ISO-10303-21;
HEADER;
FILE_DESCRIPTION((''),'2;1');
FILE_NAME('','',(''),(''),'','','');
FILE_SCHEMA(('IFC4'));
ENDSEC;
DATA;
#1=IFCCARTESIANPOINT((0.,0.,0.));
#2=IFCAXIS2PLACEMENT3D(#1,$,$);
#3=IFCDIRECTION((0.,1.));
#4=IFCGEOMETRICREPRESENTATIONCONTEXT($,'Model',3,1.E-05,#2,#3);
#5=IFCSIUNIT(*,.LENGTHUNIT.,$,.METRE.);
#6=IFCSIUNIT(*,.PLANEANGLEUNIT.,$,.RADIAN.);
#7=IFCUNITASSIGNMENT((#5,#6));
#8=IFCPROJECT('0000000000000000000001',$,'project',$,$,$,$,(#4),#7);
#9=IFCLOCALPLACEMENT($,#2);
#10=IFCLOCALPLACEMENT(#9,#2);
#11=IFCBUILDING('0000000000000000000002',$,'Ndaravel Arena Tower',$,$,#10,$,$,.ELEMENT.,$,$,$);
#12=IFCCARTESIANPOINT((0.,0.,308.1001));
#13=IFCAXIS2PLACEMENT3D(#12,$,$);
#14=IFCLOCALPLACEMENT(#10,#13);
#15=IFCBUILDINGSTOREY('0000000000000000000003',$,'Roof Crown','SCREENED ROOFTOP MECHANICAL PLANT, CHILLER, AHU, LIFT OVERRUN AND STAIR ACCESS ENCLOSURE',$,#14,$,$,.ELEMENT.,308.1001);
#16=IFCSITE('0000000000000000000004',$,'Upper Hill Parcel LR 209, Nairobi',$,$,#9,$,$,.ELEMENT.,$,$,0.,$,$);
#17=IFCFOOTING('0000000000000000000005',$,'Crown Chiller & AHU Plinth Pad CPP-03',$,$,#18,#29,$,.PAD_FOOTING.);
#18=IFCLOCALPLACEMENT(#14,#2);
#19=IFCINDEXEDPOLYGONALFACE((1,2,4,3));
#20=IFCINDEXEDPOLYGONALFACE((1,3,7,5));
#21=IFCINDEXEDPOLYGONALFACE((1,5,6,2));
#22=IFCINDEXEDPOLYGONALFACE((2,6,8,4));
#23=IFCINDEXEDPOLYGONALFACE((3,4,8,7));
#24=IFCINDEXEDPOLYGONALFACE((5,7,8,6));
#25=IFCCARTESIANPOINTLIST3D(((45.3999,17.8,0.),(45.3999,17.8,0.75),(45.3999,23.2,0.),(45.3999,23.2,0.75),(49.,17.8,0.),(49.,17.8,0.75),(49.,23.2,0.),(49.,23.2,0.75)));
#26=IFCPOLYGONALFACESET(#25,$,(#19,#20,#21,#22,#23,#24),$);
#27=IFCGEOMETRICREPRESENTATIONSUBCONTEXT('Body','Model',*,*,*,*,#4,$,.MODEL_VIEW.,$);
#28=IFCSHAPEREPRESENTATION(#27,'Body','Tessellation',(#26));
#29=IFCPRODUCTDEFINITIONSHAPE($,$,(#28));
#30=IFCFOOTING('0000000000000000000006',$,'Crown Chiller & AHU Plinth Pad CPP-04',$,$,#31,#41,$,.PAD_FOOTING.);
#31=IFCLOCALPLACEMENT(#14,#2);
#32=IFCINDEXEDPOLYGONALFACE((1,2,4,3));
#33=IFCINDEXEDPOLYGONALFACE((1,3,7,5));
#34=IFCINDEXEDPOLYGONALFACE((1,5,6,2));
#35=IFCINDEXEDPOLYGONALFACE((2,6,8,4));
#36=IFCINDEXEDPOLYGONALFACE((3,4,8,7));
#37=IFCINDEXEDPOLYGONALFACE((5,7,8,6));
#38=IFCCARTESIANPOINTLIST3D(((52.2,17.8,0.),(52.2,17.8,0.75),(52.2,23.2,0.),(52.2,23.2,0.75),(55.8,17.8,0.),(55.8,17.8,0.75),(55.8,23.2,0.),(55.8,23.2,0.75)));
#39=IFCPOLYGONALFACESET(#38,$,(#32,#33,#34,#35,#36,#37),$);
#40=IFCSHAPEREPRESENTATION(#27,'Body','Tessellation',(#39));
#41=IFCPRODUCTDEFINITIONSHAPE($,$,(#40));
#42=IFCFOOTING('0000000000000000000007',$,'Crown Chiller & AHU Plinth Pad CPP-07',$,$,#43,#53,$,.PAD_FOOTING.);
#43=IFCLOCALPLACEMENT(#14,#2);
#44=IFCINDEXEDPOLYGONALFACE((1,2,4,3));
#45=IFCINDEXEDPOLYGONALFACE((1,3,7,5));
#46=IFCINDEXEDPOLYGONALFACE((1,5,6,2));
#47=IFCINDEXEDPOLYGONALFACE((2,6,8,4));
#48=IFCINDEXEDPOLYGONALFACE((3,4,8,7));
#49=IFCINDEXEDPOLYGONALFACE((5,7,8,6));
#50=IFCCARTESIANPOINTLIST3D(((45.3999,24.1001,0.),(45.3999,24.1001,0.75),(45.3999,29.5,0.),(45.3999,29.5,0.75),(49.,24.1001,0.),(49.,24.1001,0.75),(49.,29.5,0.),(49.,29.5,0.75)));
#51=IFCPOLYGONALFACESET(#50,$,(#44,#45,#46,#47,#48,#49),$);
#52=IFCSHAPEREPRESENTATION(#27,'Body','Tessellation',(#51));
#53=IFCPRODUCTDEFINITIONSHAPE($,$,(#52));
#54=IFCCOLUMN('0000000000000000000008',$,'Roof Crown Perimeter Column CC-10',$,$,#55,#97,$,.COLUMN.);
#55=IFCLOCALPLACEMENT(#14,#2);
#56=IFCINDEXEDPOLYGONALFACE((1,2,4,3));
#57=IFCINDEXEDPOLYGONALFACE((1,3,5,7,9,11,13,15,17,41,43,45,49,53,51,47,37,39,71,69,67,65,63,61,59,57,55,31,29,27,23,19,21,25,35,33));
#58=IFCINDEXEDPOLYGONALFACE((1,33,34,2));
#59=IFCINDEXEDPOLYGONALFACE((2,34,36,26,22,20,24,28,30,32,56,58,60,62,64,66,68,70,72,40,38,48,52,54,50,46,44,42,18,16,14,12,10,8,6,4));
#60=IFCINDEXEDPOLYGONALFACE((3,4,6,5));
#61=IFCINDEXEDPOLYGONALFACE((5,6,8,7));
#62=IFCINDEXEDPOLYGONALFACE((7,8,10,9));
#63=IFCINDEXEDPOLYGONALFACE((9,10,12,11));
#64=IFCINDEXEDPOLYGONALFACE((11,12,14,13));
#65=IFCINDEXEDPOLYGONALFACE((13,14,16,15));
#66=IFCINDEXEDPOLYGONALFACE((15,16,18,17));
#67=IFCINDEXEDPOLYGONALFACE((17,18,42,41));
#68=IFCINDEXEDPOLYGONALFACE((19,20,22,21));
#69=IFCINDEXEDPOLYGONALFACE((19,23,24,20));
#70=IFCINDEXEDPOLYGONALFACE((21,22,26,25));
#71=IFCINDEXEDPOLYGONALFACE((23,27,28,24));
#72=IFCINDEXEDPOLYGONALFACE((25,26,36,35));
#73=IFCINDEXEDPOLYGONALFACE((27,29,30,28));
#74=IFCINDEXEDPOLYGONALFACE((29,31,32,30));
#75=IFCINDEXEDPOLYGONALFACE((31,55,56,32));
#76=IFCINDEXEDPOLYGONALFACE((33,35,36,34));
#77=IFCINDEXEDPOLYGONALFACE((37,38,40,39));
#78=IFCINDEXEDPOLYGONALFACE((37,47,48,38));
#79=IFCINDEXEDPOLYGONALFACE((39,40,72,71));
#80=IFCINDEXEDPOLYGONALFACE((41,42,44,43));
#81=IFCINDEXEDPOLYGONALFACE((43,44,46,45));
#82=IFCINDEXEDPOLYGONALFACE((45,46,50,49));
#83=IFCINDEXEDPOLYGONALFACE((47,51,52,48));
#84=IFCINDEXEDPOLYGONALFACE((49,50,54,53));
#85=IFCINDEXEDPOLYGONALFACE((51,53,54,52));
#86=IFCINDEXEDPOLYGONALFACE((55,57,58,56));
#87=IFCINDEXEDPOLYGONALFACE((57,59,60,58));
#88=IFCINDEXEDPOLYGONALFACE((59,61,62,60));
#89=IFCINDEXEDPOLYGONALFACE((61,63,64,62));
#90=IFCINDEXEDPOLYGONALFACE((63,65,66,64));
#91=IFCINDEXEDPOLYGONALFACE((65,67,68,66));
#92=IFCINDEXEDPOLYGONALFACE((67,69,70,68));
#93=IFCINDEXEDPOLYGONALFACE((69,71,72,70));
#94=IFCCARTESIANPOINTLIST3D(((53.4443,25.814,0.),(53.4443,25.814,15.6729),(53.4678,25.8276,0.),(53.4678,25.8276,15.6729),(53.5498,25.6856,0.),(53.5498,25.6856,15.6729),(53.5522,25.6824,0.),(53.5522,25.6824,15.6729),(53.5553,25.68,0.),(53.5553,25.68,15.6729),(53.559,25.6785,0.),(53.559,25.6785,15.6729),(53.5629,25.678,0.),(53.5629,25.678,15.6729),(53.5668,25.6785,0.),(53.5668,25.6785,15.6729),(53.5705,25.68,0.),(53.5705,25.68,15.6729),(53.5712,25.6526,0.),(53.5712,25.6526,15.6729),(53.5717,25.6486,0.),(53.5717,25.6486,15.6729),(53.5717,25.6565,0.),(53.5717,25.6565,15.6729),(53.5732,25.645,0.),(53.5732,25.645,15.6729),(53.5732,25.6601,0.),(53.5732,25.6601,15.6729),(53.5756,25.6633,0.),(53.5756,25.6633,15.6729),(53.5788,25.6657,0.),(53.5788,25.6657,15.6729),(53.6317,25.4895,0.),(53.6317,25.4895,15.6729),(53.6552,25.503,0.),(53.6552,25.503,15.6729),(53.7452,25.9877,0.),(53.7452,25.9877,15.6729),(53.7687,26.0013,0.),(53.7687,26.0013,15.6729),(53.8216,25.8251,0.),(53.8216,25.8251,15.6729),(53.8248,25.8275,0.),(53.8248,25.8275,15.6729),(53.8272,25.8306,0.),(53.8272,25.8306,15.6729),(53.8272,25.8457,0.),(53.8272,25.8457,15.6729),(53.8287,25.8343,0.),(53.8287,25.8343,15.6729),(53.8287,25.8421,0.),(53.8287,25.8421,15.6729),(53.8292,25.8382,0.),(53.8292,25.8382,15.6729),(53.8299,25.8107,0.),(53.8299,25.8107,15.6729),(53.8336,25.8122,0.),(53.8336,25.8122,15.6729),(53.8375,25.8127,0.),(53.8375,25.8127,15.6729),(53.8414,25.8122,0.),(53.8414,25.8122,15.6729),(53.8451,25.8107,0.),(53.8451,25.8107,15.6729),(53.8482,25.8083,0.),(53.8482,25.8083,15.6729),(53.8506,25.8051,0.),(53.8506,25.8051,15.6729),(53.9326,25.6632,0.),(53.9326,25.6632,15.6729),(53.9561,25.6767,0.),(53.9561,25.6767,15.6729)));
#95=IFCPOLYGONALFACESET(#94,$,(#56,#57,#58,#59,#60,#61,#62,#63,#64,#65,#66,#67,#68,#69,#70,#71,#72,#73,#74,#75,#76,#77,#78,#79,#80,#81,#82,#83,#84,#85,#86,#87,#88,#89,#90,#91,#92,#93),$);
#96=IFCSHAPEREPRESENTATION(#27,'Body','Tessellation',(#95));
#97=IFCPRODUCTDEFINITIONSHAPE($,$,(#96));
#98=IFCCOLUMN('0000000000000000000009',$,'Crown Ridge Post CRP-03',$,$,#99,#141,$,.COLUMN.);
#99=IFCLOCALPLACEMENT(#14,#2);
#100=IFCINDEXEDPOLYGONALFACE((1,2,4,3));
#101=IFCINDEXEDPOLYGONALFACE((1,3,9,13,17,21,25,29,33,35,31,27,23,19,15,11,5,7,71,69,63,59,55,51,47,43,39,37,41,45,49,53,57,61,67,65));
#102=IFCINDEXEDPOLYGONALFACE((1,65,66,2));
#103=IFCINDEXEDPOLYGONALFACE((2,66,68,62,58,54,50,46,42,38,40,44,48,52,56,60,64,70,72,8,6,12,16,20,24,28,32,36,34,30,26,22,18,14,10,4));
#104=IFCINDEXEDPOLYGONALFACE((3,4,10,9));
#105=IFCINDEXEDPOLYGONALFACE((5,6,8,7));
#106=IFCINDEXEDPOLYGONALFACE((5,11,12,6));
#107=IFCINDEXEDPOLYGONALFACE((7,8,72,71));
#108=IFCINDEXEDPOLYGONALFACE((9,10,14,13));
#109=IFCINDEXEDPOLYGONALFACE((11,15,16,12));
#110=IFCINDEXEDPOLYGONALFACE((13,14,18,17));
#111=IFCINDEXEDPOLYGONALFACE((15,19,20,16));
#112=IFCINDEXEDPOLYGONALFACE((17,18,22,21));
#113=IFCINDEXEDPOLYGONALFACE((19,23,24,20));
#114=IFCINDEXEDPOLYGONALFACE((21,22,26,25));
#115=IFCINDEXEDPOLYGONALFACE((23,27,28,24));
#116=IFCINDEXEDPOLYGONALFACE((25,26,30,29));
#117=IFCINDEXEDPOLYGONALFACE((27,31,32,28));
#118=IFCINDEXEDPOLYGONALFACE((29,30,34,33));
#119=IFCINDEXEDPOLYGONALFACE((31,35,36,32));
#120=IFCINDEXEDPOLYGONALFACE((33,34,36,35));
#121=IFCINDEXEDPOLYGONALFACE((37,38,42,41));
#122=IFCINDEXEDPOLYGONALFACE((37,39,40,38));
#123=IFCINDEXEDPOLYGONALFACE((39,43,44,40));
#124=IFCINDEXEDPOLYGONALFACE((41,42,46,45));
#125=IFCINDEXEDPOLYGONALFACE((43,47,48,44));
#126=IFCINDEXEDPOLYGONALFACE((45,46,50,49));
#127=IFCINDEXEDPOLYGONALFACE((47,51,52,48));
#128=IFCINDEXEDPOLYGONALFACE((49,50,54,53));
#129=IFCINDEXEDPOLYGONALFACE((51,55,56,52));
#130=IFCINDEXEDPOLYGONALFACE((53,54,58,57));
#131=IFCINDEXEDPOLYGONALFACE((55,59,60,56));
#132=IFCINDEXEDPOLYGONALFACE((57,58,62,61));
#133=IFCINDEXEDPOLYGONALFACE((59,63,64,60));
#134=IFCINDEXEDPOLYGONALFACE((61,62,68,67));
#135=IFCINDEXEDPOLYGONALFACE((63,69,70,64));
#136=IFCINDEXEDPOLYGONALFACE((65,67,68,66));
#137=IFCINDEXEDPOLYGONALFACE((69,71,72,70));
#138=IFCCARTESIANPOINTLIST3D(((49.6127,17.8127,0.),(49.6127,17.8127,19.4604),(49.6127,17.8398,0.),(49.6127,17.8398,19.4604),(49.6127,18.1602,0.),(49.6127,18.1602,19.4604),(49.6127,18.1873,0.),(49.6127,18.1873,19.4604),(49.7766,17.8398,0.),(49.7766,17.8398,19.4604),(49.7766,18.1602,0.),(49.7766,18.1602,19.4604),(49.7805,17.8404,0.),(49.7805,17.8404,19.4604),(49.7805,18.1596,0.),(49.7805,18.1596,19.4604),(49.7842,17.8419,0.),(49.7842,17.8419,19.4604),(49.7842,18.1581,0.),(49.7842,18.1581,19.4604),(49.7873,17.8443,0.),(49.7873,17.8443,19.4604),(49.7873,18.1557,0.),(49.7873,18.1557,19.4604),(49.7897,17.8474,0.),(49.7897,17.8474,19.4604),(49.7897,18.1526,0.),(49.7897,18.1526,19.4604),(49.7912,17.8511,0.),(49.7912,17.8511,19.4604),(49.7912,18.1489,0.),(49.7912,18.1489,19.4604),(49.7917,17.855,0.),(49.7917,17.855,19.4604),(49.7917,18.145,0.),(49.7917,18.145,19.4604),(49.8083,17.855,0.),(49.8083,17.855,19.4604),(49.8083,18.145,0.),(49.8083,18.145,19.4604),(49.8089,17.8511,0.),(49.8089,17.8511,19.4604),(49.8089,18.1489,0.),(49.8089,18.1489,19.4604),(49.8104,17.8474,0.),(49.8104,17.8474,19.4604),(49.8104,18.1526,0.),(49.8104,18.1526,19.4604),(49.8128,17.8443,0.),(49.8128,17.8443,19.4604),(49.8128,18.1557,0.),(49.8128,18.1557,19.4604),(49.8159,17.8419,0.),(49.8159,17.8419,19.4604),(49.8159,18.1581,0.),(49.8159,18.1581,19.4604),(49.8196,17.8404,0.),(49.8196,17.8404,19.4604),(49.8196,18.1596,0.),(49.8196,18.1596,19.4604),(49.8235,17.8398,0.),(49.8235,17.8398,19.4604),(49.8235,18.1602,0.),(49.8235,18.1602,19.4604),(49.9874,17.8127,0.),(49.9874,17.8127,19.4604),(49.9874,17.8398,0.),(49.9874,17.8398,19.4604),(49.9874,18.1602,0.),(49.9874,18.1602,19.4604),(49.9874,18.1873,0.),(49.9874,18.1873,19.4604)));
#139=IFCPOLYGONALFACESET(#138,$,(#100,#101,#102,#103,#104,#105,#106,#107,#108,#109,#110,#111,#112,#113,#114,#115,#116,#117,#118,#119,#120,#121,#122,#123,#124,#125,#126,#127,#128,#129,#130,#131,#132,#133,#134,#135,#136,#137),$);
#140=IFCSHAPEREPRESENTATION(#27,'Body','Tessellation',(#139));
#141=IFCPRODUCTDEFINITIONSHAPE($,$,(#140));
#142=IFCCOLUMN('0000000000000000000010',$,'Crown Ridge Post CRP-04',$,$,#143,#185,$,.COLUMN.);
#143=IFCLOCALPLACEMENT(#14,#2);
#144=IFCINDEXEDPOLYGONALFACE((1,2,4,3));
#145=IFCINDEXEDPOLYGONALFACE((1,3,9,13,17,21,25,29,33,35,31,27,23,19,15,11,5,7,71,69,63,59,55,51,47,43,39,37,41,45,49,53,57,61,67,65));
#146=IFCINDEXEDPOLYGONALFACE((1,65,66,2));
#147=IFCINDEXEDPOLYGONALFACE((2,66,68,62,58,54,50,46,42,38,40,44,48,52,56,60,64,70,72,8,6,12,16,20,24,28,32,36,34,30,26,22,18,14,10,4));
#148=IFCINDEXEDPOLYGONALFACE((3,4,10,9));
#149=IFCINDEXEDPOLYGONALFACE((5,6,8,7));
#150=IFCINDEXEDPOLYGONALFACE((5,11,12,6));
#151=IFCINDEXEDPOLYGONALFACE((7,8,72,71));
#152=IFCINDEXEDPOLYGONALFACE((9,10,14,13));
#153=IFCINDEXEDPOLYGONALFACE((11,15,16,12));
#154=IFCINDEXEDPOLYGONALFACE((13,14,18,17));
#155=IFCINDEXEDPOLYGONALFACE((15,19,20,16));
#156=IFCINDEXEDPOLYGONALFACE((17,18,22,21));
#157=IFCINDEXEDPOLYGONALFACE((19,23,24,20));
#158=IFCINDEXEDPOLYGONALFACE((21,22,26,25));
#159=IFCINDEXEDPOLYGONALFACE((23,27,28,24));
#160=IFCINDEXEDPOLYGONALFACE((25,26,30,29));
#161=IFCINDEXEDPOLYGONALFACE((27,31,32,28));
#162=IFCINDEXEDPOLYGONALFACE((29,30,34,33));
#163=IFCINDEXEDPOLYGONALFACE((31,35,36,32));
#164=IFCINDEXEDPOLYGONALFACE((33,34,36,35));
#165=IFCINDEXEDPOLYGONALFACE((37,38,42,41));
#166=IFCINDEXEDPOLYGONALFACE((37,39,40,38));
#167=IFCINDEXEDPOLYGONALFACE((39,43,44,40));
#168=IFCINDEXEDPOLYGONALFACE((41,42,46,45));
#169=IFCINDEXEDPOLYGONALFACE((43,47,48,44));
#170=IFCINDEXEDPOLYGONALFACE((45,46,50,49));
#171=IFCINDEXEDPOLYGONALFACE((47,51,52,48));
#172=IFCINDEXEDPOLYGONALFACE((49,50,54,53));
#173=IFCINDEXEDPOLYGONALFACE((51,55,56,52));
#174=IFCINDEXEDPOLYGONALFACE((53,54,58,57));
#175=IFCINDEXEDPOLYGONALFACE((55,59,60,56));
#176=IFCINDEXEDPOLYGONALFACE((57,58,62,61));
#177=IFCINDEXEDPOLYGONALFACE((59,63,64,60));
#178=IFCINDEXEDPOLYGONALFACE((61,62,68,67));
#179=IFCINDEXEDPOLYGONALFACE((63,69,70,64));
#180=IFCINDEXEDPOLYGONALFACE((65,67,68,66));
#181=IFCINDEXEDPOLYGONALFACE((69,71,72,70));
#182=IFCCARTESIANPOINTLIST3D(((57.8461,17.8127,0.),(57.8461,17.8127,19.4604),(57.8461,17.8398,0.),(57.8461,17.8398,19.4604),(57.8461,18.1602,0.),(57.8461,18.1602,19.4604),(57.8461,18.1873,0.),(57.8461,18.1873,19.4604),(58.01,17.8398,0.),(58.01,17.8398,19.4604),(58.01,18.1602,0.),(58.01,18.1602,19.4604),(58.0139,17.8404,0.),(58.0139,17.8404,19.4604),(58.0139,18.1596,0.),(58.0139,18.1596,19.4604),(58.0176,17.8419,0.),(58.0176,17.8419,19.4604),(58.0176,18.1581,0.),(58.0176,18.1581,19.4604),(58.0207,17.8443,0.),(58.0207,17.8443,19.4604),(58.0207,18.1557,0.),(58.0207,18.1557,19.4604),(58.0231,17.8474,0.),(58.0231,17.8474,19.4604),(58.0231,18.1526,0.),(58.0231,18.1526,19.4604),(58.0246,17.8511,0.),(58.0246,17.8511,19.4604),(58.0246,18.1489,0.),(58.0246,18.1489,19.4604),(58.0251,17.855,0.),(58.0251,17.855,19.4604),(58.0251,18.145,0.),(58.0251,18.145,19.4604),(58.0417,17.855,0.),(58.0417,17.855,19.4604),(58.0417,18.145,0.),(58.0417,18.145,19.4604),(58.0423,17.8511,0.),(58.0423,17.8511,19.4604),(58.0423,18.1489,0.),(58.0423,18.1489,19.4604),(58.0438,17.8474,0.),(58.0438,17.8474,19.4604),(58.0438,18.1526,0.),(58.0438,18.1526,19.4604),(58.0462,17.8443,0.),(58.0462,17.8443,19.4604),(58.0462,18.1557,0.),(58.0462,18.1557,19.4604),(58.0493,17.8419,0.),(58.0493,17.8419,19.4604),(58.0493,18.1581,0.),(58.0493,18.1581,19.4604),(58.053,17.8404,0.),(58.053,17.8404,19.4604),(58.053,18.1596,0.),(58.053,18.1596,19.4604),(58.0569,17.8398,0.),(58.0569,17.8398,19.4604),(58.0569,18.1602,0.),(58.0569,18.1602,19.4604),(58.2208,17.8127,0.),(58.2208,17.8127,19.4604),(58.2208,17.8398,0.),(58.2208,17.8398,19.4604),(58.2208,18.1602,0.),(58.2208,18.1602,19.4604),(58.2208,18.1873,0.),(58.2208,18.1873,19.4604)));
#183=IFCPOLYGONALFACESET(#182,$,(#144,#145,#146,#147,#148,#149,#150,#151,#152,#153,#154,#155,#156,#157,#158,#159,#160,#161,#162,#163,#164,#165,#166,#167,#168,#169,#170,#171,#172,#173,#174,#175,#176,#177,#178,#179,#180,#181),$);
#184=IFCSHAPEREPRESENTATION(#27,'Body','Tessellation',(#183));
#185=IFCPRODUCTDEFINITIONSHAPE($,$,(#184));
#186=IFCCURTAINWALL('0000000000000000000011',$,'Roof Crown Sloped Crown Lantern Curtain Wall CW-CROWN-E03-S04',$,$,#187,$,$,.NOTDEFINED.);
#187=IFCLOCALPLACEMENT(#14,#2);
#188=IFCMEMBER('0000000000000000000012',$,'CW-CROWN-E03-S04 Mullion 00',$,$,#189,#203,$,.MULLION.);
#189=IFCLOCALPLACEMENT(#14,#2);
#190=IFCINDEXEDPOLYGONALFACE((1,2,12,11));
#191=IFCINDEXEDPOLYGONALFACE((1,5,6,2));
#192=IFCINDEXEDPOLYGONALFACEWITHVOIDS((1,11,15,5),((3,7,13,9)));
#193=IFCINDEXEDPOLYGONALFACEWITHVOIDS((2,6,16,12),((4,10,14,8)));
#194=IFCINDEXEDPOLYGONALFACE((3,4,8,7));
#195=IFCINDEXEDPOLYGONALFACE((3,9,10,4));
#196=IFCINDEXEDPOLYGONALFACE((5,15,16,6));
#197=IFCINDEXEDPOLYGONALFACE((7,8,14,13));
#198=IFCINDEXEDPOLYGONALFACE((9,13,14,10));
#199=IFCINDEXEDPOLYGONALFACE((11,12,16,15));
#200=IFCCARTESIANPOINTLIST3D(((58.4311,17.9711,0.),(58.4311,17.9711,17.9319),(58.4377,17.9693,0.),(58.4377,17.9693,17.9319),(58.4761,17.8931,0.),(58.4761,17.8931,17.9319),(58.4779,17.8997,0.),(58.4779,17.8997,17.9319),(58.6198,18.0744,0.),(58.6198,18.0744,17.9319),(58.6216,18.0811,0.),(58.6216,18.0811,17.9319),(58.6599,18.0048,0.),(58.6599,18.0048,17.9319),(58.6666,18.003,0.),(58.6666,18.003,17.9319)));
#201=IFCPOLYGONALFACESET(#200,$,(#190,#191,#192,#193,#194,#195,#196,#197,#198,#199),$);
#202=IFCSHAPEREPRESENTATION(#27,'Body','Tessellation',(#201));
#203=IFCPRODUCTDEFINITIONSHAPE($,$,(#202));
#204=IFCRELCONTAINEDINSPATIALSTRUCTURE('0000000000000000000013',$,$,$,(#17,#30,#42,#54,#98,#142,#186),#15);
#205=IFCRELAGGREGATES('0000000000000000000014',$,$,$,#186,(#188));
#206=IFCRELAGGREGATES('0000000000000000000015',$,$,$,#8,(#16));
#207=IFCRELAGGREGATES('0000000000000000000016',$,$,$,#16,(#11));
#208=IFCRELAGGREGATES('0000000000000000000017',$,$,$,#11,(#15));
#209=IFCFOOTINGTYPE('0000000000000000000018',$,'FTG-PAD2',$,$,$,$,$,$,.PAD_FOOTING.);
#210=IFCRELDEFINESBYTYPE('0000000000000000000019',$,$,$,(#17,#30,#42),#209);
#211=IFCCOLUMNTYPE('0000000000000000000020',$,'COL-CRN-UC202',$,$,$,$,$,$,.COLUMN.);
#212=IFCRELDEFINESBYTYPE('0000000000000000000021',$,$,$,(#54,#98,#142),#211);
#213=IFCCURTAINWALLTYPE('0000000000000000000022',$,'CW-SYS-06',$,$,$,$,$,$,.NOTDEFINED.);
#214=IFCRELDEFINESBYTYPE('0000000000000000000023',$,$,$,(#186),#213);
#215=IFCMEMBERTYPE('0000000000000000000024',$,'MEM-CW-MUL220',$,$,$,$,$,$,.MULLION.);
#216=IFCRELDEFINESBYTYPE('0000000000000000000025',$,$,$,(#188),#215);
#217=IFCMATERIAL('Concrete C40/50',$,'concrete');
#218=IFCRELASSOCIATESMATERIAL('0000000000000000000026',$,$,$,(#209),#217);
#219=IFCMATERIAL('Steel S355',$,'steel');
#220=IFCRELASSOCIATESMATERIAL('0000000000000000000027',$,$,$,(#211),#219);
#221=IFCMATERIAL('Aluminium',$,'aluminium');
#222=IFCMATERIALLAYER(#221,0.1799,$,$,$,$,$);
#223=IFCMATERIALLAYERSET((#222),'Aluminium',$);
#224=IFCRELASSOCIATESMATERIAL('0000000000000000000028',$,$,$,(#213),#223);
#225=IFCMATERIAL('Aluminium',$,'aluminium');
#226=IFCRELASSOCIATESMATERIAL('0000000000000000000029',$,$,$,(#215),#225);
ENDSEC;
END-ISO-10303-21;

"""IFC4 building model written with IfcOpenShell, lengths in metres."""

from ifc_helpers import new_model, si_unit, direction, frame, origin, origin_2d, place, context, subcontext, project, spatial, rectangle, hollow_rectangle, i_section, extrude, material, layer, layer_set, material_profile, profile_set, type_object, element, aggregate, save


model = new_model("IFC4")

# Units and contexts
model_context = context("Model", 3, precision=1e-05, world=origin(), true_north=direction((0.0, 1.0)))
body_context = subcontext(model_context, "Body", "Model", "MODEL_VIEW")
ifc_project = project(units=[si_unit("LENGTHUNIT", "METRE"), si_unit("PLANEANGLEUNIT", "RADIAN")], contexts=[model_context])

# Site, building, storey
site_placement = place(None, origin())
site = spatial("IfcSite", under=ifc_project, at=site_placement, Name="Upper Hill Parcel LR 209, Nairobi", CompositionType="ELEMENT", RefElevation=0.0)
building_placement = place(site_placement, origin())
building = spatial("IfcBuilding", under=site, at=building_placement, Name="Ndaravel Arena Tower", CompositionType="ELEMENT")
storey_placement = place(building_placement, frame((0.0, 0.0, 308.1001)))
storey = spatial("IfcBuildingStorey", under=building, at=storey_placement, Name="Roof Crown", Description="SCREENED ROOFTOP MECHANICAL PLANT, CHILLER, AHU, LIFT OVERRUN AND STAIR ACCESS ENCLOSURE", CompositionType="ELEMENT", Elevation=308.1001)

# Footings
ifc_material_1 = material(Name="Concrete C40/50", Category="concrete")
footing_type = type_object("IfcFootingType", Name="FTG-PAD2", PredefinedType="PAD_FOOTING", material=ifc_material_1)
for number, where, z_axis, x_axis, name in (
    (1, (47.2, 20.5, 0.0), (0.0, 0.0, 1.0), (1.0, 0.0, 0.0), "Crown Chiller & AHU Plinth Pad CPP-03"),
    (2, (54.0, 20.5, 0.0), (0.0, 0.0, 1.0), (1.0, 0.0, 0.0), "Crown Chiller & AHU Plinth Pad CPP-04"),
    (3, (47.2, 26.8, 0.0), (0.0, 0.0, 1.0), (1.0, 0.0, 0.0), "Crown Chiller & AHU Plinth Pad CPP-07"),
):
    element("IfcFooting", number, at=place(storey_placement, frame(where, z_axis=z_axis, x_axis=x_axis)), inside=storey, type_object=footing_type, Name=name, PredefinedType="PAD_FOOTING", context=body_context, shape_type="SweptSolid", body=[
        extrude(rectangle(XDim=3.6001, YDim=5.3999, at=origin_2d()), origin(), (0.0, 0.0, 1.0), 0.75),
    ])

# Columns
ifc_material_2 = material(Name="Steel S355", Category="steel")
ifc_material_profile_1 = material_profile(ifc_material_2, i_section(OverallWidth=0.3748, OverallDepth=0.3745, WebThickness=0.0166, FlangeThickness=0.0271, FilletRadius=0.0151, at=origin_2d()), Name="UC 356x368x202")
ifc_profile_set_1 = profile_set([ifc_material_profile_1], Name="Steel S355")
column_type = type_object("IfcColumnType", Name="COL-CRN-UC202", PredefinedType="COLUMN", material=ifc_profile_set_1)
column_placement = place(storey_placement, frame((53.7002, 25.7454, 0.0), z_axis=(0.0, 0.0, 1.0), x_axis=(-0.5, 0.866025, 0.0)))
element("IfcColumn", 4, at=column_placement, inside=storey, type_object=column_type, Name="Roof Crown Perimeter Column CC-10", PredefinedType="COLUMN", context=body_context, shape_type="SweptSolid", body=[
    extrude(i_section(OverallWidth=0.3748, OverallDepth=0.3745, WebThickness=0.0166, FlangeThickness=0.0271, FilletRadius=0.0151, at=origin_2d()), origin(), (0.0, 0.0, 1.0), 15.6729),
])
for number, where, z_axis, x_axis, name in (
    (5, (49.8, 18.0, 0.0), (0.0, 0.0, 1.0), (1.0, 0.0, 0.0), "Crown Ridge Post CRP-03"),
    (6, (58.0334, 18.0, 0.0), (0.0, 0.0, 1.0), (1.0, 0.0, 0.0), "Crown Ridge Post CRP-04"),
):
    element("IfcColumn", number, at=place(storey_placement, frame(where, z_axis=z_axis, x_axis=x_axis)), inside=storey, type_object=column_type, Name=name, PredefinedType="COLUMN", context=body_context, shape_type="SweptSolid", body=[
        extrude(i_section(OverallWidth=0.3748, OverallDepth=0.3745, WebThickness=0.0166, FlangeThickness=0.0271, FilletRadius=0.0151, at=origin_2d()), origin(), (0.0, 0.0, 1.0), 19.4604),
    ])

# Curtain wall, member
ifc_material_3 = material(Name="Aluminium", Category="aluminium")
ifc_layer_1 = layer(ifc_material_3, 0.1799)
ifc_layer_set_1 = layer_set([ifc_layer_1], Name="Aluminium")
curtain_wall_type = type_object("IfcCurtainWallType", Name="CW-SYS-06", PredefinedType="NOTDEFINED", material=ifc_layer_set_1)
curtain_wall_1_placement = place(storey_placement, origin())
curtain_wall_1 = element("IfcCurtainWall", 7, at=curtain_wall_1_placement, inside=storey, type_object=curtain_wall_type, Name="Roof Crown Sloped Crown Lantern Curtain Wall CW-CROWN-E03-S04", PredefinedType="NOTDEFINED")
ifc_material_4 = material(Name="Aluminium", Category="aluminium")
ifc_material_profile_2 = material_profile(ifc_material_4, hollow_rectangle(XDim=0.0901, YDim=0.22, WallThickness=0.0049, at=origin_2d()), Name="CW MULLION 90x220x5")
ifc_profile_set_2 = profile_set([ifc_material_profile_2], Name="Aluminium")
member_type_1 = type_object("IfcMemberType", Name="MEM-CW-MUL220", PredefinedType="MULLION", material=ifc_profile_set_2)
member_1_placement = place(storey_placement, frame((58.5488, 17.9871, 0.0), z_axis=(0.0, 0.0, 1.0), x_axis=(-0.499985, 0.866034, 0.0)))
member_1 = element("IfcMember", 8, at=member_1_placement, type_object=member_type_1, Name="CW-CROWN-E03-S04 Mullion 00", PredefinedType="MULLION", context=body_context, shape_type="SweptSolid", body=[
    extrude(hollow_rectangle(XDim=0.0901, YDim=0.22, WallThickness=0.0049, at=origin_2d()), origin(), (0.0, 0.0, 1.0), 17.9319),
])

aggregate(curtain_wall_1, [member_1])

save(model, "model.ifc")
